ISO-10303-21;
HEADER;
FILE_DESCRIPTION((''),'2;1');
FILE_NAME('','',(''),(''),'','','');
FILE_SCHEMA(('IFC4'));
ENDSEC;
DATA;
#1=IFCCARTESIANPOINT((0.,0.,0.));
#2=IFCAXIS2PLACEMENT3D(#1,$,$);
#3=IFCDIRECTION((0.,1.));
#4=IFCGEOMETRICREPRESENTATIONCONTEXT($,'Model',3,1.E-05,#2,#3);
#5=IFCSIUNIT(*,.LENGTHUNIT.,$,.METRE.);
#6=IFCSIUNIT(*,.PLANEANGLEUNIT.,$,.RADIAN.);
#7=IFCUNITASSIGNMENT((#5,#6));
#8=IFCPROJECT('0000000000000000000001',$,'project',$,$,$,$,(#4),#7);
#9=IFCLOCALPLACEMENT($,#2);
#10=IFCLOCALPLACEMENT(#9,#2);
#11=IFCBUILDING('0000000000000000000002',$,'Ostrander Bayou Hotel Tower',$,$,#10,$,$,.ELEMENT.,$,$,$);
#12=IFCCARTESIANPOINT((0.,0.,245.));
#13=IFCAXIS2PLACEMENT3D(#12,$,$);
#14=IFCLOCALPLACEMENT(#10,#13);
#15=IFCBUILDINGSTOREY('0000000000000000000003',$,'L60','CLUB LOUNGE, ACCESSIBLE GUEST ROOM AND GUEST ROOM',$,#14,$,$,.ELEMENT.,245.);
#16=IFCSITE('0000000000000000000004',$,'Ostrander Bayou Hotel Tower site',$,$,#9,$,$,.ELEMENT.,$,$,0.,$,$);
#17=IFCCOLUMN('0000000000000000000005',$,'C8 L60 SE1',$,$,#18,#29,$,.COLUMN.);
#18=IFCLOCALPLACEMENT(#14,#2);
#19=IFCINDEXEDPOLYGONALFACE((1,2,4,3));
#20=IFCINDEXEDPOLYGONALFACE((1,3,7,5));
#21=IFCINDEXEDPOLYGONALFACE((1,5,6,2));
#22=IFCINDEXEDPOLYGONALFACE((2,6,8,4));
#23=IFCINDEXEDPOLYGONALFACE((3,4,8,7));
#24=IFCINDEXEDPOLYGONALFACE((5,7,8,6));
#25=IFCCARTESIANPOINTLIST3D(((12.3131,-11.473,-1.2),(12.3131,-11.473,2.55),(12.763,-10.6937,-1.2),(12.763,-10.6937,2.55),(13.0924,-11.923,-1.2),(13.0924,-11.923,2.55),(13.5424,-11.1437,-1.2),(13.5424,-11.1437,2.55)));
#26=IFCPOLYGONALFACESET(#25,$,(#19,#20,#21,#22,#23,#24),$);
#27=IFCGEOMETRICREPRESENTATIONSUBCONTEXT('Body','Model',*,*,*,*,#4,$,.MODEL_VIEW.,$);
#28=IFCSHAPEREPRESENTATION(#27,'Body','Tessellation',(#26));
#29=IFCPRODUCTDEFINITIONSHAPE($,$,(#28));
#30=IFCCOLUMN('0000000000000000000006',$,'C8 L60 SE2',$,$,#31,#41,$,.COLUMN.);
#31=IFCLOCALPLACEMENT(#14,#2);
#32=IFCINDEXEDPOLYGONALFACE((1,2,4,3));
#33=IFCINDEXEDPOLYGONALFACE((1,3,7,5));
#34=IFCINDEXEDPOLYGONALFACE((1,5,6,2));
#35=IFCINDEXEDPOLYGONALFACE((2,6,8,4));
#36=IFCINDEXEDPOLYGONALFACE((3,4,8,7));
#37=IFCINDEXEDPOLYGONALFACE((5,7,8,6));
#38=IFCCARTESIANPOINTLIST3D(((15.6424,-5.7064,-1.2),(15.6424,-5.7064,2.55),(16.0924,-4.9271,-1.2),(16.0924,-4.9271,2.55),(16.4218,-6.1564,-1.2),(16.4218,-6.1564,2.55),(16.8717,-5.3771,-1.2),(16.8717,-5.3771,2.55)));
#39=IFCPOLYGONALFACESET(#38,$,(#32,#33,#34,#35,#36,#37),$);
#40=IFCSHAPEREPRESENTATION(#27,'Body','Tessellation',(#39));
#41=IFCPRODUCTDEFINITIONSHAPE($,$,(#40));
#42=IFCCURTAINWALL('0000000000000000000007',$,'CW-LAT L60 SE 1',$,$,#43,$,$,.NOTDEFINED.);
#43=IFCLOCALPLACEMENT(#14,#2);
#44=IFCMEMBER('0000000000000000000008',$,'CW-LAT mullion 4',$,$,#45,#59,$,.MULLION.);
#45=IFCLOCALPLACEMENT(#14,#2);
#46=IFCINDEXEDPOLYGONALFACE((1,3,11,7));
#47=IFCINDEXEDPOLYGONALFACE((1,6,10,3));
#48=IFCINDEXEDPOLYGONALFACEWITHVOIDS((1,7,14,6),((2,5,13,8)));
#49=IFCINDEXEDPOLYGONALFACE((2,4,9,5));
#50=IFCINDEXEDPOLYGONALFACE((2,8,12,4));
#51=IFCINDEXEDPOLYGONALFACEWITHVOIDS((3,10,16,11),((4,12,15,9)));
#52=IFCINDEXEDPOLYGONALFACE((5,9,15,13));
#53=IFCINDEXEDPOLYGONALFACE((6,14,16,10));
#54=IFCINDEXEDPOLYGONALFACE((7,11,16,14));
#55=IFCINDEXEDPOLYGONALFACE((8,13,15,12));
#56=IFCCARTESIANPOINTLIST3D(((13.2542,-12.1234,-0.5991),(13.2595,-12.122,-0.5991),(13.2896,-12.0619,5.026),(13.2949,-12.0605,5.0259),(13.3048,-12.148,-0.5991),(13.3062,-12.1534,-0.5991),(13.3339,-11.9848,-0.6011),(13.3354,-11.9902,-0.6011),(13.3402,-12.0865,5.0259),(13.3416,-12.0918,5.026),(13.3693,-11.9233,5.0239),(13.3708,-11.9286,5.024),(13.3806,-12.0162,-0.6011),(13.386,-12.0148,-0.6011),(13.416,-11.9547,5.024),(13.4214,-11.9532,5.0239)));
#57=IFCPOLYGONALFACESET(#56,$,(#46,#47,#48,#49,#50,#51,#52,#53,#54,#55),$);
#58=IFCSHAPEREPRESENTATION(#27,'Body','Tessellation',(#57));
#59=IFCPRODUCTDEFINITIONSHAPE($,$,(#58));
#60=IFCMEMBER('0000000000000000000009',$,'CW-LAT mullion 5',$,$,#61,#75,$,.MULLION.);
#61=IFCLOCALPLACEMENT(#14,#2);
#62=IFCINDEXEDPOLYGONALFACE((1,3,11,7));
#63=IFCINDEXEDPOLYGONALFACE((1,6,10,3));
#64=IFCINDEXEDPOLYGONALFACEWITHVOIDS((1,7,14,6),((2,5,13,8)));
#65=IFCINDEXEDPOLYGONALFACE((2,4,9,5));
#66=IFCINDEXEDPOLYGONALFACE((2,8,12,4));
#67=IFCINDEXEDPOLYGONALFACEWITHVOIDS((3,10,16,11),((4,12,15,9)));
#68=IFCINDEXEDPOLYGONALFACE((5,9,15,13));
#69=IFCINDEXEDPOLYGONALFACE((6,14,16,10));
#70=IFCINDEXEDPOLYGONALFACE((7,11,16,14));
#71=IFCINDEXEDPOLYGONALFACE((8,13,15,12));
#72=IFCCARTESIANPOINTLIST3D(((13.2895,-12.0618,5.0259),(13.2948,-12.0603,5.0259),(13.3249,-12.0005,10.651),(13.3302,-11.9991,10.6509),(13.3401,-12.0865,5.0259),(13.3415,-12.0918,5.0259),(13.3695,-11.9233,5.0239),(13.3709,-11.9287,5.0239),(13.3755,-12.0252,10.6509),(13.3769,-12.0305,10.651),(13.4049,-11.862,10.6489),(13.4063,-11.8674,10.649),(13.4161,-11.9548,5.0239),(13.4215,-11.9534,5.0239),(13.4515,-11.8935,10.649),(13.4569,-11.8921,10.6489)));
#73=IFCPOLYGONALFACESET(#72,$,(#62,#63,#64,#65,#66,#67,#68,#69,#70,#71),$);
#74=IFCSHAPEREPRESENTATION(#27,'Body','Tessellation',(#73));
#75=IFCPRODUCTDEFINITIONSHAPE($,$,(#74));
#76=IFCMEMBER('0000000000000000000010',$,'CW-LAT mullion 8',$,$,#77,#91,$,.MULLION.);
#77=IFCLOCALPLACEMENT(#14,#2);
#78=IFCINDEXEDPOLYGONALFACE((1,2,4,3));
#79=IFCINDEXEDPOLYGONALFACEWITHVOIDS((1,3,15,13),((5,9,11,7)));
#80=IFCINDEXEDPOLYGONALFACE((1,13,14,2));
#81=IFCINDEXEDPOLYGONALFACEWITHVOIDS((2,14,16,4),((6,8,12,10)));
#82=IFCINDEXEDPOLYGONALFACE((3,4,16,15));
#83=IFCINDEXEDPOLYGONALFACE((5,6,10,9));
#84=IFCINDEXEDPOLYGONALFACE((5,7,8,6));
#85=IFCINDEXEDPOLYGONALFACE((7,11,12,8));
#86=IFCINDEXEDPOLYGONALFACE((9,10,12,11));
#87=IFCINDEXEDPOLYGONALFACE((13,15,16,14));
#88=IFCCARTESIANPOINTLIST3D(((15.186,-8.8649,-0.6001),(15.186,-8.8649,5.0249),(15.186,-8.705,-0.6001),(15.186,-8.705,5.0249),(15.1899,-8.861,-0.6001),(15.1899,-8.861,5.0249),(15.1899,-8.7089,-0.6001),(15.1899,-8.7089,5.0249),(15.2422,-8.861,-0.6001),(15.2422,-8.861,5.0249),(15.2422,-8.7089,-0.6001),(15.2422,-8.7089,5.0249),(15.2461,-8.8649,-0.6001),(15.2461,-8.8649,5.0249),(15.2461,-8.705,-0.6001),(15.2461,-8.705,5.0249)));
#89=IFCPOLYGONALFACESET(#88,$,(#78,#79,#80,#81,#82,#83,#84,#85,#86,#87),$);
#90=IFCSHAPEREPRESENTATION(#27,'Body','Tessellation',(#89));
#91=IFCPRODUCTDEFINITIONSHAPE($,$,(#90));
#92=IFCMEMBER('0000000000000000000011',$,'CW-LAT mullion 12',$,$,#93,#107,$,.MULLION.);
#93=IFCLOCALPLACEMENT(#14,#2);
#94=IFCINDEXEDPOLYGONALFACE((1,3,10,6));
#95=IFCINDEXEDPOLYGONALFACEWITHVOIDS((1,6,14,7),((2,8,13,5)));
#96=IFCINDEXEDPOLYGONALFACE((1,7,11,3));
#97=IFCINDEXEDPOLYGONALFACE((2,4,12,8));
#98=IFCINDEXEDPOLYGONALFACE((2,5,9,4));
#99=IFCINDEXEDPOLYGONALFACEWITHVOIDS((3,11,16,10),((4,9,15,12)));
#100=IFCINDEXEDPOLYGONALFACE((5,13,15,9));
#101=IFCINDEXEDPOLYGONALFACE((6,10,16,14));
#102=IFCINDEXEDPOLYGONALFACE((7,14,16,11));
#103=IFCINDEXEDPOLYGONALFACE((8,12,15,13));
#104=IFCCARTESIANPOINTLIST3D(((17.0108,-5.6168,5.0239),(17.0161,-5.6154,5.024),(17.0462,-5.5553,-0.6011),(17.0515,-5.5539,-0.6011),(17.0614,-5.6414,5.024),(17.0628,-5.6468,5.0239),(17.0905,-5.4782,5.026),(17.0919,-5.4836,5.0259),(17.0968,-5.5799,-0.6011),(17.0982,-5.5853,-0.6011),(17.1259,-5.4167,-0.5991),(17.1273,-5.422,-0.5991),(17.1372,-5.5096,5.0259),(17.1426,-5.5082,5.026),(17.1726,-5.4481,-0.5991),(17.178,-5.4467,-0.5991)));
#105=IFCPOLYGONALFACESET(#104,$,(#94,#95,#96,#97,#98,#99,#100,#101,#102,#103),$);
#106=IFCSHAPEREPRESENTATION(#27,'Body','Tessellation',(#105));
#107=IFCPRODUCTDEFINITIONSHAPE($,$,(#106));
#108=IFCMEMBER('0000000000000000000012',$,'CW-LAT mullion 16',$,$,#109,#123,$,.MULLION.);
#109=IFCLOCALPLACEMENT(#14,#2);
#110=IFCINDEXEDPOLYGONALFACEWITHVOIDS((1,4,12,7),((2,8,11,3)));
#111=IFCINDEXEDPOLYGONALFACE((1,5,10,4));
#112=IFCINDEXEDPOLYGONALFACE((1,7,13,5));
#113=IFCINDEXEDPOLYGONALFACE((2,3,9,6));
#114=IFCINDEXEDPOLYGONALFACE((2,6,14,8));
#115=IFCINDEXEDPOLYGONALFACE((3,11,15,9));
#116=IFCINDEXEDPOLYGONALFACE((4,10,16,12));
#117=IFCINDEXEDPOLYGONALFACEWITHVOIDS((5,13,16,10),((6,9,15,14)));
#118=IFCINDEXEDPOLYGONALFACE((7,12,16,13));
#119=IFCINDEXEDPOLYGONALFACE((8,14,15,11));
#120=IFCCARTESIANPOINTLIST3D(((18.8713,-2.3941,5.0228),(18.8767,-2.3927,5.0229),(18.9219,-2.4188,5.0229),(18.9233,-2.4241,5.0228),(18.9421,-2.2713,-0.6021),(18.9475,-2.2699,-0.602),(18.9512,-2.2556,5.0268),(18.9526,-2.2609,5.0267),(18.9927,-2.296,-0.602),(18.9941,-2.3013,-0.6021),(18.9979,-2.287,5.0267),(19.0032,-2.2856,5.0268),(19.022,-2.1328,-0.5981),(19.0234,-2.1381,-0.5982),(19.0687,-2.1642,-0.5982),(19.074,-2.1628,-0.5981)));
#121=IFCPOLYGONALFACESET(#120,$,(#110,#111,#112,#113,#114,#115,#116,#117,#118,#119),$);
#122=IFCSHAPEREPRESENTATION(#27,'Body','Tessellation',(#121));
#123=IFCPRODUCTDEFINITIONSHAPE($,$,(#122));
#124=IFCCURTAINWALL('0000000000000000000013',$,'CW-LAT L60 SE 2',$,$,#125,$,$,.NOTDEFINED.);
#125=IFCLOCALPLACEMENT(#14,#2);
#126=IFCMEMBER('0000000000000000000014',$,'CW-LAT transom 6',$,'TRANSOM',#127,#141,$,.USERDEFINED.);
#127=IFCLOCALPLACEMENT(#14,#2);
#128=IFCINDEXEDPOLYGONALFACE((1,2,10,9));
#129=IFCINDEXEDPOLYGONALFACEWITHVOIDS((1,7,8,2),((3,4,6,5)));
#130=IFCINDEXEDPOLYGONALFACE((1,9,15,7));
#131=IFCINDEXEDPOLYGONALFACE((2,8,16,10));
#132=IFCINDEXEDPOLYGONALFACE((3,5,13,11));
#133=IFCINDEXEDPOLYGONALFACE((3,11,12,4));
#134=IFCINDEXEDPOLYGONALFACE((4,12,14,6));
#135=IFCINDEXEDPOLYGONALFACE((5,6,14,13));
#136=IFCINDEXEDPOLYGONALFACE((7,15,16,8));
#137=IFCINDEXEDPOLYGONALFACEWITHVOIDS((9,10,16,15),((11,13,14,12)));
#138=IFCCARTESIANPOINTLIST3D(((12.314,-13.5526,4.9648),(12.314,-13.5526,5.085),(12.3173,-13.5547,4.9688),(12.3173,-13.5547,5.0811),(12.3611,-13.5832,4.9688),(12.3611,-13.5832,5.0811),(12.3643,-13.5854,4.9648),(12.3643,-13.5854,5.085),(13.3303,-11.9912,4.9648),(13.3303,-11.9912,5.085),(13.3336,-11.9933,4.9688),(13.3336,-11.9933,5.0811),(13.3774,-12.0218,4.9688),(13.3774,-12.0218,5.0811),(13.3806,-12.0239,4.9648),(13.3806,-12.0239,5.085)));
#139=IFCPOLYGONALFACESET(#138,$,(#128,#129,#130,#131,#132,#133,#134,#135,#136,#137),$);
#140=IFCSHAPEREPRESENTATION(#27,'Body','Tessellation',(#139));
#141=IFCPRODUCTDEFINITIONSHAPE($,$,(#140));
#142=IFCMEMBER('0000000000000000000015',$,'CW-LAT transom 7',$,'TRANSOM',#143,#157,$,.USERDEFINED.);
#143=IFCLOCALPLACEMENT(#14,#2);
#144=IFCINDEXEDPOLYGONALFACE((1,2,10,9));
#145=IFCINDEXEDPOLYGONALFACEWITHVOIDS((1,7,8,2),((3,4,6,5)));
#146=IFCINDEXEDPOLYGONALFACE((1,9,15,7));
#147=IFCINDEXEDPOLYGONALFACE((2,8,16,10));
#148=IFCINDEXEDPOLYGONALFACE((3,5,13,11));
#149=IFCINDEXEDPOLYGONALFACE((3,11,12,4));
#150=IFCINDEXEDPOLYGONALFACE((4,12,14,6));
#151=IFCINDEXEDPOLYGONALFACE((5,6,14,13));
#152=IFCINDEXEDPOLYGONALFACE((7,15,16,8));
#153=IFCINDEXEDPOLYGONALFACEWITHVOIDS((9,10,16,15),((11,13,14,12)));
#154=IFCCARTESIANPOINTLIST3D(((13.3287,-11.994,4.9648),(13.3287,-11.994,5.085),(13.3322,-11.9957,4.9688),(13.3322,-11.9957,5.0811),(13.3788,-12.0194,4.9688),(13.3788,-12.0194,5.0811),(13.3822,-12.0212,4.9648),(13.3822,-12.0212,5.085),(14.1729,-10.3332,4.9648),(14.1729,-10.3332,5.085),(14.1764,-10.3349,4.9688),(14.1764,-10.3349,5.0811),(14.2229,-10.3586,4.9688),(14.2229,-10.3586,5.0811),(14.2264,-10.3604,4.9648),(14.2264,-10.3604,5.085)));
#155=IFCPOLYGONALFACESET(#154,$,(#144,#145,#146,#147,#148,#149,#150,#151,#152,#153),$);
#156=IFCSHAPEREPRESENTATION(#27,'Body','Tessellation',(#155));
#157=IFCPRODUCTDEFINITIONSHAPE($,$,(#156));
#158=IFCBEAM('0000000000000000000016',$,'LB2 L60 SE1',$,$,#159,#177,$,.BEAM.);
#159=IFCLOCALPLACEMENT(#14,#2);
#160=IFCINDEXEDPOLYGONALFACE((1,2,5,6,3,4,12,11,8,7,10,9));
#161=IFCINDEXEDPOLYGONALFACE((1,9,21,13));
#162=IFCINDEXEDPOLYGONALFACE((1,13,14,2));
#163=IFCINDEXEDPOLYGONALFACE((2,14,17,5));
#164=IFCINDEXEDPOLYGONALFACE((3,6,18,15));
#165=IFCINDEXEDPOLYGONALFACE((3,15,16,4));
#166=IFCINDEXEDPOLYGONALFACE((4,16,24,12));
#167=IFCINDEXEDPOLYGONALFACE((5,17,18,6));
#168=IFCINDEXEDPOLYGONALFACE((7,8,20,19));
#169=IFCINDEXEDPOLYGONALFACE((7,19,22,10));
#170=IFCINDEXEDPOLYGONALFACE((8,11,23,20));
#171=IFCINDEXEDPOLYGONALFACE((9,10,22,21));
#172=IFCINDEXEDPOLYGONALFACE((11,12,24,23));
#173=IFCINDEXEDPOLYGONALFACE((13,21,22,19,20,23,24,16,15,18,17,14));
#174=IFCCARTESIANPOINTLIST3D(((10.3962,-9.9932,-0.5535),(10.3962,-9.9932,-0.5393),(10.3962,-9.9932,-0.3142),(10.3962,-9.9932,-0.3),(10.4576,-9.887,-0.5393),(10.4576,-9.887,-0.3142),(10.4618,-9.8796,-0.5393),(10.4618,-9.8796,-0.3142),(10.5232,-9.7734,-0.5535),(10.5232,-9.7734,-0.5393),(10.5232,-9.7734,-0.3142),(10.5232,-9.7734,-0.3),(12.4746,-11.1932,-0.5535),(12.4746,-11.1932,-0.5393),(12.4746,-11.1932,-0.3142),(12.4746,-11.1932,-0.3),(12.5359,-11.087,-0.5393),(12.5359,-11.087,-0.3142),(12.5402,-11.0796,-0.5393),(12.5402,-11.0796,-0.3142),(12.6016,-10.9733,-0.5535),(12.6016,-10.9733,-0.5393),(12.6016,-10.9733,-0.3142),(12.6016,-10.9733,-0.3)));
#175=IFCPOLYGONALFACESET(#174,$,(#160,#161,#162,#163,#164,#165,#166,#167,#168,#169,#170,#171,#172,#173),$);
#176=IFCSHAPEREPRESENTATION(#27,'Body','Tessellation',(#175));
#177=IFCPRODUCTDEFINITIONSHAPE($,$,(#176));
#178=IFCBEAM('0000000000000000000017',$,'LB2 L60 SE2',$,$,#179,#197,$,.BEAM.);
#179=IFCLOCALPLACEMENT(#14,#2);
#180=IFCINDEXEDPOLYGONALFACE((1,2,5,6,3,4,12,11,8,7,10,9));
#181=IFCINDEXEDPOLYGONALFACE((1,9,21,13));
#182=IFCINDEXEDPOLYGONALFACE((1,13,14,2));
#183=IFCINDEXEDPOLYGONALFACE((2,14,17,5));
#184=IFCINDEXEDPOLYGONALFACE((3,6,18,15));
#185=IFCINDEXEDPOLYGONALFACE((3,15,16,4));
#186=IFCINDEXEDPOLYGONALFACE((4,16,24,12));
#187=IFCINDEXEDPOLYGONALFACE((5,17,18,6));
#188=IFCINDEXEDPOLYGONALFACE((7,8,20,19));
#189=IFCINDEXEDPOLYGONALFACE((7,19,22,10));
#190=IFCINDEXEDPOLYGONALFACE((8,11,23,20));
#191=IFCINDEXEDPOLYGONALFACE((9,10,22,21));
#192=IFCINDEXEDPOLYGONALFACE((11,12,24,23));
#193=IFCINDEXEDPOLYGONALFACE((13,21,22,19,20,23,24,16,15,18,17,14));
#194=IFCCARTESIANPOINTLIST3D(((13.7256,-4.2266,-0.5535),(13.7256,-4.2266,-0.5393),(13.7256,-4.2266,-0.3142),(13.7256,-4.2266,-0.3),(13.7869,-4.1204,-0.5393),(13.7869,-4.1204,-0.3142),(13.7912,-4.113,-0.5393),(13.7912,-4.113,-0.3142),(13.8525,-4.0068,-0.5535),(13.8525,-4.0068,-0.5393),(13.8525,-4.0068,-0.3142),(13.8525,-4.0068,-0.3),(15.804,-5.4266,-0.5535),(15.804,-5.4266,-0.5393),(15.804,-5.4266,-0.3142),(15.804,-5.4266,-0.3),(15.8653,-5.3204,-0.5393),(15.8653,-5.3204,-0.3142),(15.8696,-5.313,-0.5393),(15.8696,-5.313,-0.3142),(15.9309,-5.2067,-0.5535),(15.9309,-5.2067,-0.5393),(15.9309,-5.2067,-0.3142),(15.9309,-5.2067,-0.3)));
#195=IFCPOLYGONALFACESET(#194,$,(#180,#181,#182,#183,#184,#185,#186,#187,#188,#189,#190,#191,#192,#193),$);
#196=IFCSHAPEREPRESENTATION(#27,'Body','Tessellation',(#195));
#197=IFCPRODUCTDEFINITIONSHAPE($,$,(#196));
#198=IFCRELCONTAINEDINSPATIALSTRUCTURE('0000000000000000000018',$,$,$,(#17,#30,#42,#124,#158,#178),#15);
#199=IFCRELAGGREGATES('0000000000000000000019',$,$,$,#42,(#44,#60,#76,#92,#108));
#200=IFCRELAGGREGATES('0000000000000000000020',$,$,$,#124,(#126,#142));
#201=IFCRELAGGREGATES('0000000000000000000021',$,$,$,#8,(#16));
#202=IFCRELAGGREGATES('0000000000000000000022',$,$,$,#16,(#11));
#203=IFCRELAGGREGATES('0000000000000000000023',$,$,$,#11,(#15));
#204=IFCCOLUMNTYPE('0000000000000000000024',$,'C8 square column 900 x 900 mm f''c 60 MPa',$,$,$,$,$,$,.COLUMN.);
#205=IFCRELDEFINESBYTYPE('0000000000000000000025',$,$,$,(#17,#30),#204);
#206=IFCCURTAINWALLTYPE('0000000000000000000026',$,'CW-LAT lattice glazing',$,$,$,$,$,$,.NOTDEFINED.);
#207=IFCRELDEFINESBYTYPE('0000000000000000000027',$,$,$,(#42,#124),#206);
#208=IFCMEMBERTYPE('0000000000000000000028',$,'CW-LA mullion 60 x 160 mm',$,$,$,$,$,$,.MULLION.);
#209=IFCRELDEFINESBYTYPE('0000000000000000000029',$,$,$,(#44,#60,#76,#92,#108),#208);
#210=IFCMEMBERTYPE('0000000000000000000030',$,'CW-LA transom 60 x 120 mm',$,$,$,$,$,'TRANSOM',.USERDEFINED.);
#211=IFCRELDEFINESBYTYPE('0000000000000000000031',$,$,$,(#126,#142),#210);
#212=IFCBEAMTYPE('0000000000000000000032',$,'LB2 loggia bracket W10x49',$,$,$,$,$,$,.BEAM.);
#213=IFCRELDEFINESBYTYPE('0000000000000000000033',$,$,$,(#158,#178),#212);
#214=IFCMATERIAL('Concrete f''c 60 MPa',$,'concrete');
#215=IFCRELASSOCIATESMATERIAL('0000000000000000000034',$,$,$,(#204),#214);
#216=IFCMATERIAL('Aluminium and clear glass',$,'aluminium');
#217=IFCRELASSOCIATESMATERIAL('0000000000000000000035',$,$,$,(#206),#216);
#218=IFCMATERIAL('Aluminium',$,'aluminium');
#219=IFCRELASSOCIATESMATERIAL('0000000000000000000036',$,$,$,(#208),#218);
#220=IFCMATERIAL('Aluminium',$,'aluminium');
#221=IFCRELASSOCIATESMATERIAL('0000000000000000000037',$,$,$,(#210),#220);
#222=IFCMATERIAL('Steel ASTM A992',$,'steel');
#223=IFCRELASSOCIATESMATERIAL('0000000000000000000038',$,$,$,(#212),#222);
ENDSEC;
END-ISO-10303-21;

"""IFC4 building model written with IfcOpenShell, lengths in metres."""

from ifc_helpers import new_model, si_unit, direction, frame, origin, origin_2d, place, context, subcontext, project, spatial, rectangle, hollow_rectangle, i_section, extrude, material, material_profile, profile_set, type_object, element, aggregate, save


model = new_model("IFC4")

# Units and contexts
model_context = context("Model", 3, precision=1e-05, world=origin(), true_north=direction((0.0, 1.0)))
body_context = subcontext(model_context, "Body", "Model", "MODEL_VIEW")
ifc_project = project(units=[si_unit("LENGTHUNIT", "METRE"), si_unit("PLANEANGLEUNIT", "RADIAN")], contexts=[model_context])

# Site, building, storey
site_placement = place(None, origin())
site = spatial("IfcSite", under=ifc_project, at=site_placement, Name="Ostrander Bayou Hotel Tower site", CompositionType="ELEMENT", RefElevation=0.0)
building_placement = place(site_placement, origin())
building = spatial("IfcBuilding", under=site, at=building_placement, Name="Ostrander Bayou Hotel Tower", CompositionType="ELEMENT")
storey_placement = place(building_placement, frame((0.0, 0.0, 245.0)))
storey = spatial("IfcBuildingStorey", under=building, at=storey_placement, Name="L60", Description="CLUB LOUNGE, ACCESSIBLE GUEST ROOM AND GUEST ROOM", CompositionType="ELEMENT", Elevation=245.0)

# Columns
ifc_material_1 = material(Name="Concrete f'c 60 MPa", Category="concrete")
ifc_material_profile_1 = material_profile(ifc_material_1, rectangle(XDim=0.8999, YDim=0.8999, at=origin_2d()))
ifc_profile_set_1 = profile_set([ifc_material_profile_1], Name="Concrete f'c 60 MPa")
column_type = type_object("IfcColumnType", Name="C8 square column 900 x 900 mm f'c 60 MPa", PredefinedType="COLUMN", material=ifc_profile_set_1)
for number, where, z_axis, x_axis, name in (
    (1, (12.9277, -11.3083, -1.2), (0.0, 0.0, 1.0), (-0.5, -0.866025, 0.0), "C8 L60 SE1"),
    (2, (16.2571, -5.5417, -1.2), (0.0, 0.0, 1.0), (-0.5, -0.866025, 0.0), "C8 L60 SE2"),
):
    element("IfcColumn", number, at=place(storey_placement, frame(where, z_axis=z_axis, x_axis=x_axis)), inside=storey, type_object=column_type, Name=name, PredefinedType="COLUMN", context=body_context, shape_type="SweptSolid", body=[
        extrude(rectangle(XDim=0.8999, YDim=0.8999, at=origin_2d()), origin(), (0.0, 0.0, 1.0), 3.75),
    ])

# Curtain walls, members
ifc_material_2 = material(Name="Aluminium and clear glass", Category="aluminium")
curtain_wall_type = type_object("IfcCurtainWallType", Name="CW-LAT lattice glazing", PredefinedType="NOTDEFINED", material=ifc_material_2)
curtain_wall_1_placement = place(storey_placement, origin())
curtain_wall_1 = element("IfcCurtainWall", 3, at=curtain_wall_1_placement, inside=storey, type_object=curtain_wall_type, Name="CW-LAT L60 SE 1", PredefinedType="NOTDEFINED")
ifc_material_3 = material(Name="Aluminium", Category="aluminium")
ifc_material_profile_2 = material_profile(ifc_material_3, hollow_rectangle(XDim=0.0601, YDim=0.1599, WallThickness=0.0039, at=origin_2d()))
ifc_profile_set_2 = profile_set([ifc_material_profile_2], Name="Aluminium")
member_type_1 = type_object("IfcMemberType", Name="CW-LA mullion 60 x 160 mm", PredefinedType="MULLION", material=ifc_profile_set_2)
member_1_placement = place(storey_placement, frame((13.3201, -12.0691, -0.6001), z_axis=(0.006293, 0.010937, 0.99992), x_axis=(-0.866758, 0.49873, 0.0)))
member_1 = element("IfcMember", 4, at=member_1_placement, type_object=member_type_1, Name="CW-LAT mullion 4", PredefinedType="MULLION", context=body_context, shape_type="SweptSolid", body=[
    extrude(hollow_rectangle(XDim=0.0601, YDim=0.1599, WallThickness=0.0039, at=origin_2d()), origin(), (0.0, 0.0, 1.0), 5.6255),
])
member_2_placement = place(storey_placement, frame((13.3555, -12.0076, 5.0249), z_axis=(0.006293, 0.010893, 0.999921), x_axis=(-0.865898, 0.50022, 0.0)))
member_2 = element("IfcMember", 5, at=member_2_placement, type_object=member_type_1, Name="CW-LAT mullion 5", PredefinedType="MULLION", context=body_context, shape_type="SweptSolid", body=[
    extrude(hollow_rectangle(XDim=0.0601, YDim=0.1599, WallThickness=0.0039, at=origin_2d()), origin(), (0.0, 0.0, 1.0), 5.6255),
])
member_3_placement = place(storey_placement, frame((15.2161, -8.7849, -0.6001), z_axis=(0.0, 0.0, 1.0), x_axis=(1.0, 0.0, 0.0)))
member_3 = element("IfcMember", 6, at=member_3_placement, type_object=member_type_1, Name="CW-LAT mullion 8", PredefinedType="MULLION", context=body_context, shape_type="SweptSolid", body=[
    extrude(hollow_rectangle(XDim=0.0601, YDim=0.1599, WallThickness=0.0039, at=origin_2d()), origin(), (0.0, 0.0, 1.0), 5.625),
])
member_4_placement = place(storey_placement, frame((17.1121, -5.501, -0.6001), z_axis=(-0.006293, -0.010937, 0.99992), x_axis=(0.866758, -0.49873, 0.0)))
member_4 = element("IfcMember", 7, at=member_4_placement, type_object=member_type_1, Name="CW-LAT mullion 12", PredefinedType="MULLION", context=body_context, shape_type="SweptSolid", body=[
    extrude(hollow_rectangle(XDim=0.0601, YDim=0.1599, WallThickness=0.0039, at=origin_2d()), origin(), (0.0, 0.0, 1.0), 5.6255),
])
member_5_placement = place(storey_placement, frame((19.0081, -2.217, -0.6001), z_axis=(-0.012583, -0.021825, 0.999683), x_axis=(0.866329, -0.499474, 0.0)))
member_5 = element("IfcMember", 8, at=member_5_placement, type_object=member_type_1, Name="CW-LAT mullion 16", PredefinedType="MULLION", context=body_context, shape_type="SweptSolid", body=[
    extrude(hollow_rectangle(XDim=0.0601, YDim=0.1599, WallThickness=0.0039, at=origin_2d()), origin(), (0.0, 0.0, 1.0), 5.6267),
])
curtain_wall_2_placement = place(storey_placement, origin())
curtain_wall_2 = element("IfcCurtainWall", 9, at=curtain_wall_2_placement, inside=storey, type_object=curtain_wall_type, Name="CW-LAT L60 SE 2", PredefinedType="NOTDEFINED")
ifc_material_4 = material(Name="Aluminium", Category="aluminium")
ifc_material_profile_3 = material_profile(ifc_material_4, hollow_rectangle(XDim=0.0601, YDim=0.1201, WallThickness=0.0039, at=origin_2d()))
ifc_profile_set_3 = profile_set([ifc_material_profile_3], Name="Aluminium")
member_type_2 = type_object("IfcMemberType", Name="CW-LA transom 60 x 120 mm", ElementType="TRANSOM", PredefinedType="USERDEFINED", material=ifc_profile_set_3)
member_6_placement = place(storey_placement, frame((13.3555, -12.0076, 5.0249), z_axis=(-0.545504, -0.838108, 0.0), x_axis=(0.838108, -0.545504, 0.0)))
member_6 = element("IfcMember", 10, at=member_6_placement, type_object=member_type_2, Name="CW-LAT transom 6", ObjectType="TRANSOM", PredefinedType="USERDEFINED", context=body_context, shape_type="SweptSolid", body=[
    extrude(hollow_rectangle(XDim=0.0601, YDim=0.1201, WallThickness=0.0039, at=origin_2d()), origin(), (0.0, 0.0, 1.0), 1.863),
])
member_7_placement = place(storey_placement, frame((13.3555, -12.0076, 5.0249), z_axis=(0.453127, 0.891446, 0.0), x_axis=(-0.891446, 0.453127, 0.0)))
member_7 = element("IfcMember", 11, at=member_7_placement, type_object=member_type_2, Name="CW-LAT transom 7", ObjectType="TRANSOM", PredefinedType="USERDEFINED", context=body_context, shape_type="SweptSolid", body=[
    extrude(hollow_rectangle(XDim=0.0601, YDim=0.1201, WallThickness=0.0039, at=origin_2d()), origin(), (0.0, 0.0, 1.0), 1.863),
])

# Beams
ifc_material_5 = material(Name="Steel ASTM A992", Category="steel")
ifc_material_profile_4 = material_profile(ifc_material_5, i_section(OverallWidth=0.2539, OverallDepth=0.2534, WebThickness=0.0085, FlangeThickness=0.0142, at=origin_2d()))
ifc_profile_set_4 = profile_set([ifc_material_profile_4], Name="Steel ASTM A992")
beam_type_1 = type_object("IfcBeamType", Name="LB2 loggia bracket W10x49", PredefinedType="BEAM", material=ifc_profile_set_4)
for number, where, z_axis, x_axis, name in (
    (12, (12.5381, -11.0833, -0.4268), (-0.866025, 0.500001, 0.0), (-0.500001, -0.866025, 0.0), "LB2 L60 SE1"),
    (13, (15.8674, -5.3167, -0.4268), (-0.866025, 0.500001, 0.0), (-0.500001, -0.866025, 0.0), "LB2 L60 SE2"),
):
    element("IfcBeam", number, at=place(storey_placement, frame(where, z_axis=z_axis, x_axis=x_axis)), inside=storey, type_object=beam_type_1, Name=name, PredefinedType="BEAM", context=body_context, shape_type="SweptSolid", body=[
        extrude(i_section(OverallWidth=0.2539, OverallDepth=0.2534, WebThickness=0.0085, FlangeThickness=0.0142, at=origin_2d()), origin(), (0.0, 0.0, 1.0), 2.3999),
    ])

aggregate(curtain_wall_1, [member_1, member_2, member_3, member_4, member_5])
aggregate(curtain_wall_2, [member_6, member_7])

save(model, "model.ifc")
